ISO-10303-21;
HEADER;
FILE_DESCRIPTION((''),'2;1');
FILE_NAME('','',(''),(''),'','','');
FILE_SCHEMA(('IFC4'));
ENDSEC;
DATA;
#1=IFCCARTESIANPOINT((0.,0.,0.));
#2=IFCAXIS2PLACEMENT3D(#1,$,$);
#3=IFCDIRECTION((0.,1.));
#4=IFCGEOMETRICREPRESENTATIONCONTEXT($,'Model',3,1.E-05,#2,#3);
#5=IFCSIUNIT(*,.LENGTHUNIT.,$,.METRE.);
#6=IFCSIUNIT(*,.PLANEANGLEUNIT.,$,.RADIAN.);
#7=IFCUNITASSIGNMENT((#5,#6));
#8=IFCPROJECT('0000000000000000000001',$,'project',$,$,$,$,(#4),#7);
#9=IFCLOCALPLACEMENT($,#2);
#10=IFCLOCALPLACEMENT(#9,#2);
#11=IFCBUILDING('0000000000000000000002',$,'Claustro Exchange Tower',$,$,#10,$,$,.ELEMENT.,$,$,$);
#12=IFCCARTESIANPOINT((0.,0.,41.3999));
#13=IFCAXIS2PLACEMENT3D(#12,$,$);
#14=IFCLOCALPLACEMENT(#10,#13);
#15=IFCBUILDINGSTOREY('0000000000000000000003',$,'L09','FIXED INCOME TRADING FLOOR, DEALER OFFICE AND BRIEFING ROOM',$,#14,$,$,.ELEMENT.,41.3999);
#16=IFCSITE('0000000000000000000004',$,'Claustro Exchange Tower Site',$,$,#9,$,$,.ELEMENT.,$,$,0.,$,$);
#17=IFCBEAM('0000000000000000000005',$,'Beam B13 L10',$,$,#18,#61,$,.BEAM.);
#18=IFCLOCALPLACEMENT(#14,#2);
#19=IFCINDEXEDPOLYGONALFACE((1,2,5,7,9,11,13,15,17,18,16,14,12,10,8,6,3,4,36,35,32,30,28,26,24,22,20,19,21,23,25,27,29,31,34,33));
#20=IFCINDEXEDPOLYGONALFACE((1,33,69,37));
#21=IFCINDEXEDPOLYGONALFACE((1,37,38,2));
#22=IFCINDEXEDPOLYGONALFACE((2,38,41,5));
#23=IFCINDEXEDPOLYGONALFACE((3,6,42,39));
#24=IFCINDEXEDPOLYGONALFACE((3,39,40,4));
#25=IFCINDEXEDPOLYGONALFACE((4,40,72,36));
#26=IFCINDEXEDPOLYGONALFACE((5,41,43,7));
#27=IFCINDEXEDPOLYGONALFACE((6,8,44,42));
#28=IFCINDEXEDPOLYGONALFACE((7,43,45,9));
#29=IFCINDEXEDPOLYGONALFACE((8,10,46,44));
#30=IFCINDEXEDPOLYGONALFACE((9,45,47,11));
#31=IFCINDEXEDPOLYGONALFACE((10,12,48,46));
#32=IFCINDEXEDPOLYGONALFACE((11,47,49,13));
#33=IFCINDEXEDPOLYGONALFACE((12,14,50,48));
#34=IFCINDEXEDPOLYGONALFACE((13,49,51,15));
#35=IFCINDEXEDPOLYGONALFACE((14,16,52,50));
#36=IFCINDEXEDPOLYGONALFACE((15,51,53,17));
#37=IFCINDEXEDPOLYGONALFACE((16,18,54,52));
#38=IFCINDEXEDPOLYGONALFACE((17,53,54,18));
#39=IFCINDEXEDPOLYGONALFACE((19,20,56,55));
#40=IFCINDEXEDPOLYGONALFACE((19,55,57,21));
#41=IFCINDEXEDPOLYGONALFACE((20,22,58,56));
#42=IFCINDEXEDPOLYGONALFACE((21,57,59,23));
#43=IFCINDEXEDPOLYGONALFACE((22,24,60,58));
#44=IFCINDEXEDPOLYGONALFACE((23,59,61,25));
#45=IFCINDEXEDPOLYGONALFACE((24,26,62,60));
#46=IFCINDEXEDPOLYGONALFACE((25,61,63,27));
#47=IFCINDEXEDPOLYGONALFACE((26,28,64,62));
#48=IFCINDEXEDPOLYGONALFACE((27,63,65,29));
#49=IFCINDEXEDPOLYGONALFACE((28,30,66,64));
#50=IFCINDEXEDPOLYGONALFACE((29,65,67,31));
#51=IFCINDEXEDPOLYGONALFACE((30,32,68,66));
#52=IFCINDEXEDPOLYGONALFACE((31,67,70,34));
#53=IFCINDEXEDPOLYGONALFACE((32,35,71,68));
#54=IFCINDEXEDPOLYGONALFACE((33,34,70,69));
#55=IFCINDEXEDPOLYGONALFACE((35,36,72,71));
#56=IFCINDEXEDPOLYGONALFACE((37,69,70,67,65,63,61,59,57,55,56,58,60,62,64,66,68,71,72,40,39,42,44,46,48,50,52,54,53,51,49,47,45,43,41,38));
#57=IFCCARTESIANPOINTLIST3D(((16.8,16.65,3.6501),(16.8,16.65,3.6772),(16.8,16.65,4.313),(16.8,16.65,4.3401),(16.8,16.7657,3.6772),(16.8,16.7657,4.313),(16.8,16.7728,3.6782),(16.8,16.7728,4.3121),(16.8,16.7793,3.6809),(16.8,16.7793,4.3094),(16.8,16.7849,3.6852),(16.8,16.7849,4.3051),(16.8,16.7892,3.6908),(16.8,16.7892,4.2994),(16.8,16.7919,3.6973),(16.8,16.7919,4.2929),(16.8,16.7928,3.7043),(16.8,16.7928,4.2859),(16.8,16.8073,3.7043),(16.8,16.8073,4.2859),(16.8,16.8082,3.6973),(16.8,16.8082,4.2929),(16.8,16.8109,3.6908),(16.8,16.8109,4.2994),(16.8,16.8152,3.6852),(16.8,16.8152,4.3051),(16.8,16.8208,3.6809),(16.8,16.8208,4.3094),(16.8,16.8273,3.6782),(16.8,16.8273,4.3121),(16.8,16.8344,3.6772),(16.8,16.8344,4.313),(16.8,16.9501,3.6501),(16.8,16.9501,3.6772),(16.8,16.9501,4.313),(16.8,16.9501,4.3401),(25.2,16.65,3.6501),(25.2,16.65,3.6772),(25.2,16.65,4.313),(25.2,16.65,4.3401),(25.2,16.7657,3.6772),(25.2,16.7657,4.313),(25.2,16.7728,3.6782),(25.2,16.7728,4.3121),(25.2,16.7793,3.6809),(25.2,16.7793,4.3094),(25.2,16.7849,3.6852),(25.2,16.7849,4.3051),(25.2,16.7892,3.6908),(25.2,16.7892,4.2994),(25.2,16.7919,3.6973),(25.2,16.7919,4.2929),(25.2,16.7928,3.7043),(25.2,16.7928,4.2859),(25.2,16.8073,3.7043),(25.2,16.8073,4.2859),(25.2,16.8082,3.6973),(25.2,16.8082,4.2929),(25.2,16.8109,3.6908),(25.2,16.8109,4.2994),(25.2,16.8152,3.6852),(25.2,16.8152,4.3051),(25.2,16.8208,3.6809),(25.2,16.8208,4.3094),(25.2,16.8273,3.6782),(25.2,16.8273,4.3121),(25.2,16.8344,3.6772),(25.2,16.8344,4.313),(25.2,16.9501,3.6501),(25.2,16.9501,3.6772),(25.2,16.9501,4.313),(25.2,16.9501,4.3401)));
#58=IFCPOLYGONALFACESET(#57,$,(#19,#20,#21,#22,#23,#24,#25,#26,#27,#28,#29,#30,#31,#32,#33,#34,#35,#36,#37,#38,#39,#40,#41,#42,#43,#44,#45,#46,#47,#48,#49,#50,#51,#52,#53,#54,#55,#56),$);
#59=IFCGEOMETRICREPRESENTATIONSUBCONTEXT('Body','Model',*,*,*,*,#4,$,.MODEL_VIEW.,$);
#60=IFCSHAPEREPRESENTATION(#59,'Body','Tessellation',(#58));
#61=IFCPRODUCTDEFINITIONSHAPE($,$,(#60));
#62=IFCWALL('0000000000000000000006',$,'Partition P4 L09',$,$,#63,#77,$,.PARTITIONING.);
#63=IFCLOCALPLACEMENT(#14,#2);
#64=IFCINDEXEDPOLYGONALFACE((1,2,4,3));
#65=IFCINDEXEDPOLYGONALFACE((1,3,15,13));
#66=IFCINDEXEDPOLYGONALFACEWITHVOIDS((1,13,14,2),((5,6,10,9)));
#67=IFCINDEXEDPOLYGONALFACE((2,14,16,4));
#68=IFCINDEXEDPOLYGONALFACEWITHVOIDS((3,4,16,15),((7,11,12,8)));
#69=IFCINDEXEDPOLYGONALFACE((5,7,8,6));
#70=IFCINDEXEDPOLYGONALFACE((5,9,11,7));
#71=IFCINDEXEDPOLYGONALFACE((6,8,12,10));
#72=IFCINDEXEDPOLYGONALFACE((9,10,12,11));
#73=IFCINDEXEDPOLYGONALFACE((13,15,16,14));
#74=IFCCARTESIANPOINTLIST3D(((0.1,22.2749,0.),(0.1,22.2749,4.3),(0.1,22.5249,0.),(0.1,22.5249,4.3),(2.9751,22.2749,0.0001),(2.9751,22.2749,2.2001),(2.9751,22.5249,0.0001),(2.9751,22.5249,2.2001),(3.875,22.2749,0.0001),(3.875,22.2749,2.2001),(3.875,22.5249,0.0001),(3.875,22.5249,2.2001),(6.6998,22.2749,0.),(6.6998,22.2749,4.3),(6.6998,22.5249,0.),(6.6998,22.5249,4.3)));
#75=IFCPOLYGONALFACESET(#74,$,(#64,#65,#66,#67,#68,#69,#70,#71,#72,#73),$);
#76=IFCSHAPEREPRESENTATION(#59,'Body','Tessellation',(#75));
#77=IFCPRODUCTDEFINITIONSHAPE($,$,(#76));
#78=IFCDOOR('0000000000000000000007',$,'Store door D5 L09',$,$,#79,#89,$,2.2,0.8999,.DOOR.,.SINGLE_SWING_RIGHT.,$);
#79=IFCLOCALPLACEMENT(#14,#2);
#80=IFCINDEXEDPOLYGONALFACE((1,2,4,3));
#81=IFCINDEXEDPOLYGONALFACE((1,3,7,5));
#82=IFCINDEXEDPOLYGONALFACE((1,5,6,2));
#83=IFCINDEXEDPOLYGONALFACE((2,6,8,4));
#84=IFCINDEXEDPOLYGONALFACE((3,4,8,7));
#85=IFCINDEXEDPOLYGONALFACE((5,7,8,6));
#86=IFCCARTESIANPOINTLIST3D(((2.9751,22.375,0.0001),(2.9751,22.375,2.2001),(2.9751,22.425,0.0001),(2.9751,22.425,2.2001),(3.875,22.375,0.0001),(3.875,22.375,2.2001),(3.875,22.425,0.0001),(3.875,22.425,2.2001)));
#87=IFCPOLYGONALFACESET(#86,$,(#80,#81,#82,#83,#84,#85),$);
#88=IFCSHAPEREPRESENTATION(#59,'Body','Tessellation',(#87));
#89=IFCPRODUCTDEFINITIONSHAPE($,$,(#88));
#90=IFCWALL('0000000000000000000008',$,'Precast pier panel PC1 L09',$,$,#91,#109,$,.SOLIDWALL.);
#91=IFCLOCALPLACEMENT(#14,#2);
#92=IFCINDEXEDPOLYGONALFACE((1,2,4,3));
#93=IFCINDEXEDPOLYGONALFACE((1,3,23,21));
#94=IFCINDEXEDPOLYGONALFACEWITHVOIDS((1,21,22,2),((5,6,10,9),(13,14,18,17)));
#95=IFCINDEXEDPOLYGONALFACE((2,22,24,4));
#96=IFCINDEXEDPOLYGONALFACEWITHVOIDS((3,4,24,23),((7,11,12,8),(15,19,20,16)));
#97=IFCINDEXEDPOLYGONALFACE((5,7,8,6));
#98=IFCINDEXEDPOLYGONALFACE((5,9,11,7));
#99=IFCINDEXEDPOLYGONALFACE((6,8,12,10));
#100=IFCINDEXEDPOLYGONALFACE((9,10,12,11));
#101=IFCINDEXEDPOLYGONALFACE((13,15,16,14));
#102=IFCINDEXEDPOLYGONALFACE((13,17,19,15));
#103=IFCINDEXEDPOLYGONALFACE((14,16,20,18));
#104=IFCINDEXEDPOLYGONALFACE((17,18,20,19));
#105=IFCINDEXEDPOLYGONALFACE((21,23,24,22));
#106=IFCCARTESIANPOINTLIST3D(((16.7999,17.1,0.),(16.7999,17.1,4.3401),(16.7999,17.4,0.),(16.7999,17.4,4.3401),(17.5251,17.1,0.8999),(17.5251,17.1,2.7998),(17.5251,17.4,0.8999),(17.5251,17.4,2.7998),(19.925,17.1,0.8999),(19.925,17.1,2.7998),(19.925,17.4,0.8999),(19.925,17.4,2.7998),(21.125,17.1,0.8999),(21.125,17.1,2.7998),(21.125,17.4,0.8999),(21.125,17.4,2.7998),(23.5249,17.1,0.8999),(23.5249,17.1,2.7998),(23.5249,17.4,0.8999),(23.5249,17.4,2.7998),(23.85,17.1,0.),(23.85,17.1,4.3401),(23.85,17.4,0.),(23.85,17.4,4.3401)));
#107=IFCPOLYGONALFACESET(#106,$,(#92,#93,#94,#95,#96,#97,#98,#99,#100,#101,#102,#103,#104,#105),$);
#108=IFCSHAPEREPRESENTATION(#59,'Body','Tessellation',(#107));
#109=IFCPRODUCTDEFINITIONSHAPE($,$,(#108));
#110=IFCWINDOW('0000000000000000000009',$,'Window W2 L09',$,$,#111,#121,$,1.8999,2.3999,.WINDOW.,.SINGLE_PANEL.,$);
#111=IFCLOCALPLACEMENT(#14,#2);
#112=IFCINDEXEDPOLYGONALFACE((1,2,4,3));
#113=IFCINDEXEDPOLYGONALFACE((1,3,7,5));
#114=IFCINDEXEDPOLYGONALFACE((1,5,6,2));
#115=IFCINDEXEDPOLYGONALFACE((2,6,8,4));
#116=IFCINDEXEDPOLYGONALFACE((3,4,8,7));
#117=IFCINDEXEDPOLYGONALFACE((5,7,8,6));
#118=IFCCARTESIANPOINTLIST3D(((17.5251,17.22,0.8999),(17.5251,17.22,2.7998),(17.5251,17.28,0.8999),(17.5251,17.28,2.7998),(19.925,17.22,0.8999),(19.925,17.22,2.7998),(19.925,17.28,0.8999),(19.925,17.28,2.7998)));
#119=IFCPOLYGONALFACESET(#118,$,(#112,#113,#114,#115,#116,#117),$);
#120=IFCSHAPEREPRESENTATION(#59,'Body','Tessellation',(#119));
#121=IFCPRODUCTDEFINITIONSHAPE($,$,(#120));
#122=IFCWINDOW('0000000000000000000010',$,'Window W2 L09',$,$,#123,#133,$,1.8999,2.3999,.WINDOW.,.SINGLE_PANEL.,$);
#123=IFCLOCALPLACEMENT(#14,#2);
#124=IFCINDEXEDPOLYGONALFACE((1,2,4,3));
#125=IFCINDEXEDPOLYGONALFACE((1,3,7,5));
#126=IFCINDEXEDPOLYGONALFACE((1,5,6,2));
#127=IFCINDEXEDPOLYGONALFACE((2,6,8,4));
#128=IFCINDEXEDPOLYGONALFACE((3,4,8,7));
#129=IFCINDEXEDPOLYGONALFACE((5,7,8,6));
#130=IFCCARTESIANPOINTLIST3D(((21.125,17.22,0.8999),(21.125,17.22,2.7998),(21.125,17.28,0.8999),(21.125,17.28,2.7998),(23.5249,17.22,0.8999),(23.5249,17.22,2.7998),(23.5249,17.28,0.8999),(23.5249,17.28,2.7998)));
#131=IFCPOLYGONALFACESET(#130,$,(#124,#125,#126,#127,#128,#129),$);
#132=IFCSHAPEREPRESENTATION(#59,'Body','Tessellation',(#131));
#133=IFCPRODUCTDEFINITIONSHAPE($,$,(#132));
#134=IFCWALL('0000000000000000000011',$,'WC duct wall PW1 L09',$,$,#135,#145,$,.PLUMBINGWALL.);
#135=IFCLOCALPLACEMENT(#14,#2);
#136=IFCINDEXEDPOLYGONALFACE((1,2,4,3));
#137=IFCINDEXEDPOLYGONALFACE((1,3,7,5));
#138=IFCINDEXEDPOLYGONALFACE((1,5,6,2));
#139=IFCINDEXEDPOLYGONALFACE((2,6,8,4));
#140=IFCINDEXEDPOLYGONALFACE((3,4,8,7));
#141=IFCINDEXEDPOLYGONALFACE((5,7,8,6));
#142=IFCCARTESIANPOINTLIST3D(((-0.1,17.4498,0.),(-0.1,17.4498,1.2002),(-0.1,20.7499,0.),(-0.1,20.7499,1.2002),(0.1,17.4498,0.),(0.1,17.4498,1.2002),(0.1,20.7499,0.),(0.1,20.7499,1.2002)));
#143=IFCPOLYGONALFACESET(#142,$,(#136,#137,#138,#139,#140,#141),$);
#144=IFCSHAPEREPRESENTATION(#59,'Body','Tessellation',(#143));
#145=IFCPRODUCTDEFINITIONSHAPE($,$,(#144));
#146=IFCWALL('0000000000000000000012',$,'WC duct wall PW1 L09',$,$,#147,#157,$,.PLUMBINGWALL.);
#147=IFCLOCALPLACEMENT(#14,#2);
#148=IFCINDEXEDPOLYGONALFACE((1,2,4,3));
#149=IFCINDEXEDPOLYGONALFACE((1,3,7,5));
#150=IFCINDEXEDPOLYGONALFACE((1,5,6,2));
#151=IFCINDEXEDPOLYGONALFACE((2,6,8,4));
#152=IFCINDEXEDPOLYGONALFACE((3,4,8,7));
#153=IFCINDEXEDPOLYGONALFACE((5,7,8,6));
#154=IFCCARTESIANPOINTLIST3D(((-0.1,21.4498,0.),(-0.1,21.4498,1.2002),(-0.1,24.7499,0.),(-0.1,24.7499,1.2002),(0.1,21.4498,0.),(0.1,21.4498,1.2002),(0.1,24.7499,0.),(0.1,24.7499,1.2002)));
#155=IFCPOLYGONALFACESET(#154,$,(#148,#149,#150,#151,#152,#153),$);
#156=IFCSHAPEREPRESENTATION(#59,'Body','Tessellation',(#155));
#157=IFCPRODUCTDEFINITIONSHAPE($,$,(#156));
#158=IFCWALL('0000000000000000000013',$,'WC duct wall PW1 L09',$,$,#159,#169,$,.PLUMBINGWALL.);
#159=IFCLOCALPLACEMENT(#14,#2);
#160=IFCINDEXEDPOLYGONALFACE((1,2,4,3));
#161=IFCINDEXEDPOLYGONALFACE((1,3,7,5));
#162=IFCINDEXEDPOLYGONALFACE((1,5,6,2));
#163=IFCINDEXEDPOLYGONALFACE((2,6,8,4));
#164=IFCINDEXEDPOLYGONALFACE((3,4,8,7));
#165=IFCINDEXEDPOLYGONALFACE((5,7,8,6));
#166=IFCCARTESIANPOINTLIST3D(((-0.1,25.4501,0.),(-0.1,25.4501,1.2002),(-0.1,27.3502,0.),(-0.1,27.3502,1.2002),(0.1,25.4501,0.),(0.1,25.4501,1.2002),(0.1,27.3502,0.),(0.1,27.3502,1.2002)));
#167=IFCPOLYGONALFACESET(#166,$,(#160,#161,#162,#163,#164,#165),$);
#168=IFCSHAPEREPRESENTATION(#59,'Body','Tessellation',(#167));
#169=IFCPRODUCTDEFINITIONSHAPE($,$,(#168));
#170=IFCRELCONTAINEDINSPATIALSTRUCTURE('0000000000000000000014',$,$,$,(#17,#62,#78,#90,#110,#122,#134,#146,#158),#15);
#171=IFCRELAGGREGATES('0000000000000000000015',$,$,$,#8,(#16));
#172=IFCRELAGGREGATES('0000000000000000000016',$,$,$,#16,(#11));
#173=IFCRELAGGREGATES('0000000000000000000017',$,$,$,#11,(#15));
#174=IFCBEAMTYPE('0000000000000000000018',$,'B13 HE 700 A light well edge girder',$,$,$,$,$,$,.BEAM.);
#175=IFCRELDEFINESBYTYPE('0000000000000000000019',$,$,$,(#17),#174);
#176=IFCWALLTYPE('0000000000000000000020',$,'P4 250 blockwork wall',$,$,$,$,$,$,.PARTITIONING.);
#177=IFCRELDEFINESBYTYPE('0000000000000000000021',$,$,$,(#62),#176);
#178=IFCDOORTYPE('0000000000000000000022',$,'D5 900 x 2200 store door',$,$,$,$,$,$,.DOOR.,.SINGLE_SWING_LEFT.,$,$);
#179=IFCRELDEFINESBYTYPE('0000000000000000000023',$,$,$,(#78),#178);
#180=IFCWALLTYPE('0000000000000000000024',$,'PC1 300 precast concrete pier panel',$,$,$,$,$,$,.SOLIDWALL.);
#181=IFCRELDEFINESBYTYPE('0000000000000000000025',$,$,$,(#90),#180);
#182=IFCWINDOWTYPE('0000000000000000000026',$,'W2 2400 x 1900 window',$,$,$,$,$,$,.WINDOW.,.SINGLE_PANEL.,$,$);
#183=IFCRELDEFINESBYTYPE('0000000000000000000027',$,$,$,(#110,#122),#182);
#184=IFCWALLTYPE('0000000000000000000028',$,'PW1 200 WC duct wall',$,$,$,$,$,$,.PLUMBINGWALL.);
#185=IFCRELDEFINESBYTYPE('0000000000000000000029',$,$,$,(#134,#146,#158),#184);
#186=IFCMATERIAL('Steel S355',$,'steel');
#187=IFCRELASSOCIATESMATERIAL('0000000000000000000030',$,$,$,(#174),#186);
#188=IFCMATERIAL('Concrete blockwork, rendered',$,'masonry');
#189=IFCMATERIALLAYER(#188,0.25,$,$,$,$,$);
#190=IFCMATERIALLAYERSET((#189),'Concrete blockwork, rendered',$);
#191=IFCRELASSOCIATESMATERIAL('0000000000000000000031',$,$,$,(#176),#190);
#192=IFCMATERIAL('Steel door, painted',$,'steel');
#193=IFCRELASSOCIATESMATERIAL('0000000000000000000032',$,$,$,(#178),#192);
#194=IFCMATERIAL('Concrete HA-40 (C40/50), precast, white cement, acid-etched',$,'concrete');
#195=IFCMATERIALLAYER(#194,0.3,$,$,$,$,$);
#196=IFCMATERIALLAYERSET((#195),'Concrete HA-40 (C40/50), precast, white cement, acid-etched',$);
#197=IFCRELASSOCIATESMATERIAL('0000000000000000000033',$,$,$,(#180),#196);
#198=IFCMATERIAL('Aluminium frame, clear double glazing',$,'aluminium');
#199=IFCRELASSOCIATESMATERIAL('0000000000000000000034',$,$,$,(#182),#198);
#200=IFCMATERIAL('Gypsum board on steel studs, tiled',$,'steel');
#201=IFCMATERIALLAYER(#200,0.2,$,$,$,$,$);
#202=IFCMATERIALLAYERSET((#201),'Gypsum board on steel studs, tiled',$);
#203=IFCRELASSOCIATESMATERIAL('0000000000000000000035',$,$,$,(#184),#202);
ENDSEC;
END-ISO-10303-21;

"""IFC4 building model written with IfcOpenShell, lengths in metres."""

from ifc_helpers import new_model, si_unit, direction, frame, frame_2d, origin, origin_2d, place, context, subcontext, project, spatial, rectangle, i_section, extrude, material, layer, layer_set, material_profile, profile_set, type_object, element, fill, save


model = new_model("IFC4")

# Units and contexts
model_context = context("Model", 3, precision=1e-05, world=origin(), true_north=direction((0.0, 1.0)))
body_context = subcontext(model_context, "Body", "Model", "MODEL_VIEW")
ifc_project = project(units=[si_unit("LENGTHUNIT", "METRE"), si_unit("PLANEANGLEUNIT", "RADIAN")], contexts=[model_context])

# Site, building, storey
site_placement = place(None, origin())
site = spatial("IfcSite", under=ifc_project, at=site_placement, Name="Claustro Exchange Tower Site", CompositionType="ELEMENT", RefElevation=0.0)
building_placement = place(site_placement, origin())
building = spatial("IfcBuilding", under=site, at=building_placement, Name="Claustro Exchange Tower", CompositionType="ELEMENT")
storey_placement = place(building_placement, frame((0.0, 0.0, 41.3999)))
storey = spatial("IfcBuildingStorey", under=building, at=storey_placement, Name="L09", Description="FIXED INCOME TRADING FLOOR, DEALER OFFICE AND BRIEFING ROOM", CompositionType="ELEMENT", Elevation=41.3999)

# Beam
ifc_material_1 = material(Name="Steel S355", Category="steel")
ifc_material_profile = material_profile(ifc_material_1, i_section(OverallWidth=0.3, OverallDepth=0.6899, WebThickness=0.0144, FlangeThickness=0.0271, FilletRadius=0.0271, at=origin_2d()), Name="HE 700 A")
ifc_profile_set = profile_set([ifc_material_profile], Name="Steel S355")
beam_type = type_object("IfcBeamType", Name="B13 HE 700 A light well edge girder", PredefinedType="BEAM", material=ifc_profile_set)
beam_placement = place(storey_placement, frame((16.8, 16.8, 3.9951), z_axis=(1.0, 0.0, 0.0), x_axis=(0.0, 1.0, 0.0)))
element("IfcBeam", 1, at=beam_placement, inside=storey, type_object=beam_type, Name="Beam B13 L10", PredefinedType="BEAM", context=body_context, shape_type="SweptSolid", body=[
    extrude(i_section(OverallWidth=0.3, OverallDepth=0.6899, WebThickness=0.0144, FlangeThickness=0.0271, FilletRadius=0.0271, at=origin_2d()), origin(), (0.0, 0.0, 1.0), 8.3999),
])

# Wall, opening, door
ifc_material_2 = material(Name="Concrete blockwork, rendered", Category="masonry")
ifc_layer_1 = layer(ifc_material_2, 0.25)
ifc_layer_set_1 = layer_set([ifc_layer_1], Name="Concrete blockwork, rendered")
wall_type_1 = type_object("IfcWallType", Name="P4 250 blockwork wall", PredefinedType="PARTITIONING", material=ifc_layer_set_1)
wall_1_placement = place(storey_placement, frame((0.1001, 22.3999, 0.0), z_axis=(0.0, 0.0, 1.0), x_axis=(1.0, 0.0, 0.0)))
wall_1 = element("IfcWall", 2, at=wall_1_placement, inside=storey, type_object=wall_type_1, Name="Partition P4 L09", PredefinedType="PARTITIONING", context=body_context, shape_type="SweptSolid", body=[
    extrude(rectangle(XDim=6.5999, YDim=0.25, at=frame_2d((3.2998, 0.0))), origin(), (0.0, 0.0, 1.0), 4.3),
])
opening_1_placement = place(wall_1_placement, frame((2.875, 0.0, 0.0)))
opening_1 = element("IfcOpeningElement", 3, at=opening_1_placement, cuts=wall_1, PredefinedType="OPENING", context=body_context, shape_type="SweptSolid", body=[
    extrude(rectangle(XDim=0.8999, YDim=2.2, at=frame_2d((0.45, 1.1001))), frame((0.0, 0.135, 0.0), z_axis=(0.0, -1.0, 0.0), x_axis=(1.0, 0.0, 0.0)), (0.0, 0.0, 1.0), 0.27),
])
ifc_material_3 = material(Name="Steel door, painted", Category="steel")
door_type = type_object("IfcDoorType", Name="D5 900 x 2200 store door", OperationType="SINGLE_SWING_LEFT", PredefinedType="DOOR", material=ifc_material_3)
door_placement = place(opening_1_placement, frame((0.8999, 0.0, 0.0), z_axis=(0.0, 0.0, 1.0), x_axis=(-1.0, 0.0, 0.0)))
door = element("IfcDoor", 4, at=door_placement, inside=storey, type_object=door_type, Name="Store door D5 L09", OperationType="SINGLE_SWING_RIGHT", OverallHeight=2.2, OverallWidth=0.8999, PredefinedType="DOOR", context=body_context, shape_type="SweptSolid", body=[
    extrude(rectangle(XDim=0.8999, YDim=2.2, at=frame_2d((0.45, 1.1001))), frame((0.0, 0.0249, 0.0), z_axis=(0.0, -1.0, 0.0), x_axis=(1.0, 0.0, 0.0)), (0.0, 0.0, 1.0), 0.05),
])
fill(opening_1, door)

# Wall, openings, windows
ifc_material_4 = material(Name="Concrete HA-40 (C40/50), precast, white cement, acid-etched", Category="concrete")
ifc_layer_2 = layer(ifc_material_4, 0.3)
ifc_layer_set_2 = layer_set([ifc_layer_2], Name="Concrete HA-40 (C40/50), precast, white cement, acid-etched")
wall_type_2 = type_object("IfcWallType", Name="PC1 300 precast concrete pier panel", PredefinedType="SOLIDWALL", material=ifc_layer_set_2)
wall_2_placement = place(storey_placement, frame((16.8, 17.25, 0.0), z_axis=(0.0, 0.0, 1.0), x_axis=(1.0, 0.0, 0.0)))
wall_2 = element("IfcWall", 5, at=wall_2_placement, inside=storey, type_object=wall_type_2, Name="Precast pier panel PC1 L09", PredefinedType="SOLIDWALL", context=body_context, shape_type="SweptSolid", body=[
    extrude(rectangle(XDim=7.05, YDim=0.3, at=frame_2d((3.5249, 0.0))), origin(), (0.0, 0.0, 1.0), 4.3401),
])
opening_2_placement = place(wall_2_placement, frame((0.7251, 0.0, 0.8999)))
opening_2 = element("IfcOpeningElement", 6, at=opening_2_placement, cuts=wall_2, PredefinedType="OPENING", context=body_context, shape_type="SweptSolid", body=[
    extrude(rectangle(XDim=2.3999, YDim=1.8999, at=frame_2d((1.2, 0.95))), frame((0.0, 0.1599, 0.0), z_axis=(0.0, -1.0, 0.0), x_axis=(1.0, 0.0, 0.0)), (0.0, 0.0, 1.0), 0.3201),
])
opening_3_placement = place(wall_2_placement, frame((4.325, 0.0, 0.8999)))
opening_3 = element("IfcOpeningElement", 7, at=opening_3_placement, cuts=wall_2, PredefinedType="OPENING", context=body_context, shape_type="SweptSolid", body=[
    extrude(rectangle(XDim=2.3999, YDim=1.8999, at=frame_2d((1.2, 0.95))), frame((0.0, 0.1599, 0.0), z_axis=(0.0, -1.0, 0.0), x_axis=(1.0, 0.0, 0.0)), (0.0, 0.0, 1.0), 0.3201),
])
ifc_material_5 = material(Name="Aluminium frame, clear double glazing", Category="aluminium")
window_type = type_object("IfcWindowType", Name="W2 2400 x 1900 window", PartitioningType="SINGLE_PANEL", PredefinedType="WINDOW", material=ifc_material_5)
window_1_placement = place(opening_2_placement, origin())
window_1 = element("IfcWindow", 8, at=window_1_placement, inside=storey, type_object=window_type, Name="Window W2 L09", OverallHeight=1.8999, OverallWidth=2.3999, PartitioningType="SINGLE_PANEL", PredefinedType="WINDOW", context=body_context, shape_type="SweptSolid", body=[
    extrude(rectangle(XDim=2.3999, YDim=1.8999, at=frame_2d((1.2, 0.95))), frame((0.0, 0.03, 0.0), z_axis=(0.0, -1.0, 0.0), x_axis=(1.0, 0.0, 0.0)), (0.0, 0.0, 1.0), 0.0601),
])
fill(opening_2, window_1)
window_2_placement = place(opening_3_placement, origin())
window_2 = element("IfcWindow", 9, at=window_2_placement, inside=storey, type_object=window_type, Name="Window W2 L09", OverallHeight=1.8999, OverallWidth=2.3999, PartitioningType="SINGLE_PANEL", PredefinedType="WINDOW", context=body_context, shape_type="SweptSolid", body=[
    extrude(rectangle(XDim=2.3999, YDim=1.8999, at=frame_2d((1.2, 0.95))), frame((0.0, 0.03, 0.0), z_axis=(0.0, -1.0, 0.0), x_axis=(1.0, 0.0, 0.0)), (0.0, 0.0, 1.0), 0.0601),
])
fill(opening_3, window_2)

# Walls
ifc_material_6 = material(Name="Gypsum board on steel studs, tiled", Category="steel")
ifc_layer_3 = layer(ifc_material_6, 0.2)
ifc_layer_set_3 = layer_set([ifc_layer_3], Name="Gypsum board on steel studs, tiled")
wall_type_3 = type_object("IfcWallType", Name="PW1 200 WC duct wall", PredefinedType="PLUMBINGWALL", material=ifc_layer_set_3)
for number, where, z_axis, x_axis, name in (
    (10, (0.0, 17.45, 0.0), (0.0, 0.0, 1.0), (0.0, 1.0, 0.0), "WC duct wall PW1 L09"),
    (11, (0.0, 21.45, 0.0), (0.0, 0.0, 1.0), (0.0, 1.0, 0.0), "WC duct wall PW1 L09"),
):
    element("IfcWall", number, at=place(storey_placement, frame(where, z_axis=z_axis, x_axis=x_axis)), inside=storey, type_object=wall_type_3, Name=name, PredefinedType="PLUMBINGWALL", context=body_context, shape_type="SweptSolid", body=[
        extrude(rectangle(XDim=3.3, YDim=0.2, at=frame_2d((1.6499, 0.0))), origin(), (0.0, 0.0, 1.0), 1.2002),
    ])
wall_3_placement = place(storey_placement, frame((0.0, 25.45, 0.0), z_axis=(0.0, 0.0, 1.0), x_axis=(0.0, 1.0, 0.0)))
element("IfcWall", 12, at=wall_3_placement, inside=storey, type_object=wall_type_3, Name="WC duct wall PW1 L09", PredefinedType="PLUMBINGWALL", context=body_context, shape_type="SweptSolid", body=[
    extrude(rectangle(XDim=1.9001, YDim=0.2, at=frame_2d((0.9502, 0.0))), origin(), (0.0, 0.0, 1.0), 1.2002),
])

save(model, "model.ifc")
